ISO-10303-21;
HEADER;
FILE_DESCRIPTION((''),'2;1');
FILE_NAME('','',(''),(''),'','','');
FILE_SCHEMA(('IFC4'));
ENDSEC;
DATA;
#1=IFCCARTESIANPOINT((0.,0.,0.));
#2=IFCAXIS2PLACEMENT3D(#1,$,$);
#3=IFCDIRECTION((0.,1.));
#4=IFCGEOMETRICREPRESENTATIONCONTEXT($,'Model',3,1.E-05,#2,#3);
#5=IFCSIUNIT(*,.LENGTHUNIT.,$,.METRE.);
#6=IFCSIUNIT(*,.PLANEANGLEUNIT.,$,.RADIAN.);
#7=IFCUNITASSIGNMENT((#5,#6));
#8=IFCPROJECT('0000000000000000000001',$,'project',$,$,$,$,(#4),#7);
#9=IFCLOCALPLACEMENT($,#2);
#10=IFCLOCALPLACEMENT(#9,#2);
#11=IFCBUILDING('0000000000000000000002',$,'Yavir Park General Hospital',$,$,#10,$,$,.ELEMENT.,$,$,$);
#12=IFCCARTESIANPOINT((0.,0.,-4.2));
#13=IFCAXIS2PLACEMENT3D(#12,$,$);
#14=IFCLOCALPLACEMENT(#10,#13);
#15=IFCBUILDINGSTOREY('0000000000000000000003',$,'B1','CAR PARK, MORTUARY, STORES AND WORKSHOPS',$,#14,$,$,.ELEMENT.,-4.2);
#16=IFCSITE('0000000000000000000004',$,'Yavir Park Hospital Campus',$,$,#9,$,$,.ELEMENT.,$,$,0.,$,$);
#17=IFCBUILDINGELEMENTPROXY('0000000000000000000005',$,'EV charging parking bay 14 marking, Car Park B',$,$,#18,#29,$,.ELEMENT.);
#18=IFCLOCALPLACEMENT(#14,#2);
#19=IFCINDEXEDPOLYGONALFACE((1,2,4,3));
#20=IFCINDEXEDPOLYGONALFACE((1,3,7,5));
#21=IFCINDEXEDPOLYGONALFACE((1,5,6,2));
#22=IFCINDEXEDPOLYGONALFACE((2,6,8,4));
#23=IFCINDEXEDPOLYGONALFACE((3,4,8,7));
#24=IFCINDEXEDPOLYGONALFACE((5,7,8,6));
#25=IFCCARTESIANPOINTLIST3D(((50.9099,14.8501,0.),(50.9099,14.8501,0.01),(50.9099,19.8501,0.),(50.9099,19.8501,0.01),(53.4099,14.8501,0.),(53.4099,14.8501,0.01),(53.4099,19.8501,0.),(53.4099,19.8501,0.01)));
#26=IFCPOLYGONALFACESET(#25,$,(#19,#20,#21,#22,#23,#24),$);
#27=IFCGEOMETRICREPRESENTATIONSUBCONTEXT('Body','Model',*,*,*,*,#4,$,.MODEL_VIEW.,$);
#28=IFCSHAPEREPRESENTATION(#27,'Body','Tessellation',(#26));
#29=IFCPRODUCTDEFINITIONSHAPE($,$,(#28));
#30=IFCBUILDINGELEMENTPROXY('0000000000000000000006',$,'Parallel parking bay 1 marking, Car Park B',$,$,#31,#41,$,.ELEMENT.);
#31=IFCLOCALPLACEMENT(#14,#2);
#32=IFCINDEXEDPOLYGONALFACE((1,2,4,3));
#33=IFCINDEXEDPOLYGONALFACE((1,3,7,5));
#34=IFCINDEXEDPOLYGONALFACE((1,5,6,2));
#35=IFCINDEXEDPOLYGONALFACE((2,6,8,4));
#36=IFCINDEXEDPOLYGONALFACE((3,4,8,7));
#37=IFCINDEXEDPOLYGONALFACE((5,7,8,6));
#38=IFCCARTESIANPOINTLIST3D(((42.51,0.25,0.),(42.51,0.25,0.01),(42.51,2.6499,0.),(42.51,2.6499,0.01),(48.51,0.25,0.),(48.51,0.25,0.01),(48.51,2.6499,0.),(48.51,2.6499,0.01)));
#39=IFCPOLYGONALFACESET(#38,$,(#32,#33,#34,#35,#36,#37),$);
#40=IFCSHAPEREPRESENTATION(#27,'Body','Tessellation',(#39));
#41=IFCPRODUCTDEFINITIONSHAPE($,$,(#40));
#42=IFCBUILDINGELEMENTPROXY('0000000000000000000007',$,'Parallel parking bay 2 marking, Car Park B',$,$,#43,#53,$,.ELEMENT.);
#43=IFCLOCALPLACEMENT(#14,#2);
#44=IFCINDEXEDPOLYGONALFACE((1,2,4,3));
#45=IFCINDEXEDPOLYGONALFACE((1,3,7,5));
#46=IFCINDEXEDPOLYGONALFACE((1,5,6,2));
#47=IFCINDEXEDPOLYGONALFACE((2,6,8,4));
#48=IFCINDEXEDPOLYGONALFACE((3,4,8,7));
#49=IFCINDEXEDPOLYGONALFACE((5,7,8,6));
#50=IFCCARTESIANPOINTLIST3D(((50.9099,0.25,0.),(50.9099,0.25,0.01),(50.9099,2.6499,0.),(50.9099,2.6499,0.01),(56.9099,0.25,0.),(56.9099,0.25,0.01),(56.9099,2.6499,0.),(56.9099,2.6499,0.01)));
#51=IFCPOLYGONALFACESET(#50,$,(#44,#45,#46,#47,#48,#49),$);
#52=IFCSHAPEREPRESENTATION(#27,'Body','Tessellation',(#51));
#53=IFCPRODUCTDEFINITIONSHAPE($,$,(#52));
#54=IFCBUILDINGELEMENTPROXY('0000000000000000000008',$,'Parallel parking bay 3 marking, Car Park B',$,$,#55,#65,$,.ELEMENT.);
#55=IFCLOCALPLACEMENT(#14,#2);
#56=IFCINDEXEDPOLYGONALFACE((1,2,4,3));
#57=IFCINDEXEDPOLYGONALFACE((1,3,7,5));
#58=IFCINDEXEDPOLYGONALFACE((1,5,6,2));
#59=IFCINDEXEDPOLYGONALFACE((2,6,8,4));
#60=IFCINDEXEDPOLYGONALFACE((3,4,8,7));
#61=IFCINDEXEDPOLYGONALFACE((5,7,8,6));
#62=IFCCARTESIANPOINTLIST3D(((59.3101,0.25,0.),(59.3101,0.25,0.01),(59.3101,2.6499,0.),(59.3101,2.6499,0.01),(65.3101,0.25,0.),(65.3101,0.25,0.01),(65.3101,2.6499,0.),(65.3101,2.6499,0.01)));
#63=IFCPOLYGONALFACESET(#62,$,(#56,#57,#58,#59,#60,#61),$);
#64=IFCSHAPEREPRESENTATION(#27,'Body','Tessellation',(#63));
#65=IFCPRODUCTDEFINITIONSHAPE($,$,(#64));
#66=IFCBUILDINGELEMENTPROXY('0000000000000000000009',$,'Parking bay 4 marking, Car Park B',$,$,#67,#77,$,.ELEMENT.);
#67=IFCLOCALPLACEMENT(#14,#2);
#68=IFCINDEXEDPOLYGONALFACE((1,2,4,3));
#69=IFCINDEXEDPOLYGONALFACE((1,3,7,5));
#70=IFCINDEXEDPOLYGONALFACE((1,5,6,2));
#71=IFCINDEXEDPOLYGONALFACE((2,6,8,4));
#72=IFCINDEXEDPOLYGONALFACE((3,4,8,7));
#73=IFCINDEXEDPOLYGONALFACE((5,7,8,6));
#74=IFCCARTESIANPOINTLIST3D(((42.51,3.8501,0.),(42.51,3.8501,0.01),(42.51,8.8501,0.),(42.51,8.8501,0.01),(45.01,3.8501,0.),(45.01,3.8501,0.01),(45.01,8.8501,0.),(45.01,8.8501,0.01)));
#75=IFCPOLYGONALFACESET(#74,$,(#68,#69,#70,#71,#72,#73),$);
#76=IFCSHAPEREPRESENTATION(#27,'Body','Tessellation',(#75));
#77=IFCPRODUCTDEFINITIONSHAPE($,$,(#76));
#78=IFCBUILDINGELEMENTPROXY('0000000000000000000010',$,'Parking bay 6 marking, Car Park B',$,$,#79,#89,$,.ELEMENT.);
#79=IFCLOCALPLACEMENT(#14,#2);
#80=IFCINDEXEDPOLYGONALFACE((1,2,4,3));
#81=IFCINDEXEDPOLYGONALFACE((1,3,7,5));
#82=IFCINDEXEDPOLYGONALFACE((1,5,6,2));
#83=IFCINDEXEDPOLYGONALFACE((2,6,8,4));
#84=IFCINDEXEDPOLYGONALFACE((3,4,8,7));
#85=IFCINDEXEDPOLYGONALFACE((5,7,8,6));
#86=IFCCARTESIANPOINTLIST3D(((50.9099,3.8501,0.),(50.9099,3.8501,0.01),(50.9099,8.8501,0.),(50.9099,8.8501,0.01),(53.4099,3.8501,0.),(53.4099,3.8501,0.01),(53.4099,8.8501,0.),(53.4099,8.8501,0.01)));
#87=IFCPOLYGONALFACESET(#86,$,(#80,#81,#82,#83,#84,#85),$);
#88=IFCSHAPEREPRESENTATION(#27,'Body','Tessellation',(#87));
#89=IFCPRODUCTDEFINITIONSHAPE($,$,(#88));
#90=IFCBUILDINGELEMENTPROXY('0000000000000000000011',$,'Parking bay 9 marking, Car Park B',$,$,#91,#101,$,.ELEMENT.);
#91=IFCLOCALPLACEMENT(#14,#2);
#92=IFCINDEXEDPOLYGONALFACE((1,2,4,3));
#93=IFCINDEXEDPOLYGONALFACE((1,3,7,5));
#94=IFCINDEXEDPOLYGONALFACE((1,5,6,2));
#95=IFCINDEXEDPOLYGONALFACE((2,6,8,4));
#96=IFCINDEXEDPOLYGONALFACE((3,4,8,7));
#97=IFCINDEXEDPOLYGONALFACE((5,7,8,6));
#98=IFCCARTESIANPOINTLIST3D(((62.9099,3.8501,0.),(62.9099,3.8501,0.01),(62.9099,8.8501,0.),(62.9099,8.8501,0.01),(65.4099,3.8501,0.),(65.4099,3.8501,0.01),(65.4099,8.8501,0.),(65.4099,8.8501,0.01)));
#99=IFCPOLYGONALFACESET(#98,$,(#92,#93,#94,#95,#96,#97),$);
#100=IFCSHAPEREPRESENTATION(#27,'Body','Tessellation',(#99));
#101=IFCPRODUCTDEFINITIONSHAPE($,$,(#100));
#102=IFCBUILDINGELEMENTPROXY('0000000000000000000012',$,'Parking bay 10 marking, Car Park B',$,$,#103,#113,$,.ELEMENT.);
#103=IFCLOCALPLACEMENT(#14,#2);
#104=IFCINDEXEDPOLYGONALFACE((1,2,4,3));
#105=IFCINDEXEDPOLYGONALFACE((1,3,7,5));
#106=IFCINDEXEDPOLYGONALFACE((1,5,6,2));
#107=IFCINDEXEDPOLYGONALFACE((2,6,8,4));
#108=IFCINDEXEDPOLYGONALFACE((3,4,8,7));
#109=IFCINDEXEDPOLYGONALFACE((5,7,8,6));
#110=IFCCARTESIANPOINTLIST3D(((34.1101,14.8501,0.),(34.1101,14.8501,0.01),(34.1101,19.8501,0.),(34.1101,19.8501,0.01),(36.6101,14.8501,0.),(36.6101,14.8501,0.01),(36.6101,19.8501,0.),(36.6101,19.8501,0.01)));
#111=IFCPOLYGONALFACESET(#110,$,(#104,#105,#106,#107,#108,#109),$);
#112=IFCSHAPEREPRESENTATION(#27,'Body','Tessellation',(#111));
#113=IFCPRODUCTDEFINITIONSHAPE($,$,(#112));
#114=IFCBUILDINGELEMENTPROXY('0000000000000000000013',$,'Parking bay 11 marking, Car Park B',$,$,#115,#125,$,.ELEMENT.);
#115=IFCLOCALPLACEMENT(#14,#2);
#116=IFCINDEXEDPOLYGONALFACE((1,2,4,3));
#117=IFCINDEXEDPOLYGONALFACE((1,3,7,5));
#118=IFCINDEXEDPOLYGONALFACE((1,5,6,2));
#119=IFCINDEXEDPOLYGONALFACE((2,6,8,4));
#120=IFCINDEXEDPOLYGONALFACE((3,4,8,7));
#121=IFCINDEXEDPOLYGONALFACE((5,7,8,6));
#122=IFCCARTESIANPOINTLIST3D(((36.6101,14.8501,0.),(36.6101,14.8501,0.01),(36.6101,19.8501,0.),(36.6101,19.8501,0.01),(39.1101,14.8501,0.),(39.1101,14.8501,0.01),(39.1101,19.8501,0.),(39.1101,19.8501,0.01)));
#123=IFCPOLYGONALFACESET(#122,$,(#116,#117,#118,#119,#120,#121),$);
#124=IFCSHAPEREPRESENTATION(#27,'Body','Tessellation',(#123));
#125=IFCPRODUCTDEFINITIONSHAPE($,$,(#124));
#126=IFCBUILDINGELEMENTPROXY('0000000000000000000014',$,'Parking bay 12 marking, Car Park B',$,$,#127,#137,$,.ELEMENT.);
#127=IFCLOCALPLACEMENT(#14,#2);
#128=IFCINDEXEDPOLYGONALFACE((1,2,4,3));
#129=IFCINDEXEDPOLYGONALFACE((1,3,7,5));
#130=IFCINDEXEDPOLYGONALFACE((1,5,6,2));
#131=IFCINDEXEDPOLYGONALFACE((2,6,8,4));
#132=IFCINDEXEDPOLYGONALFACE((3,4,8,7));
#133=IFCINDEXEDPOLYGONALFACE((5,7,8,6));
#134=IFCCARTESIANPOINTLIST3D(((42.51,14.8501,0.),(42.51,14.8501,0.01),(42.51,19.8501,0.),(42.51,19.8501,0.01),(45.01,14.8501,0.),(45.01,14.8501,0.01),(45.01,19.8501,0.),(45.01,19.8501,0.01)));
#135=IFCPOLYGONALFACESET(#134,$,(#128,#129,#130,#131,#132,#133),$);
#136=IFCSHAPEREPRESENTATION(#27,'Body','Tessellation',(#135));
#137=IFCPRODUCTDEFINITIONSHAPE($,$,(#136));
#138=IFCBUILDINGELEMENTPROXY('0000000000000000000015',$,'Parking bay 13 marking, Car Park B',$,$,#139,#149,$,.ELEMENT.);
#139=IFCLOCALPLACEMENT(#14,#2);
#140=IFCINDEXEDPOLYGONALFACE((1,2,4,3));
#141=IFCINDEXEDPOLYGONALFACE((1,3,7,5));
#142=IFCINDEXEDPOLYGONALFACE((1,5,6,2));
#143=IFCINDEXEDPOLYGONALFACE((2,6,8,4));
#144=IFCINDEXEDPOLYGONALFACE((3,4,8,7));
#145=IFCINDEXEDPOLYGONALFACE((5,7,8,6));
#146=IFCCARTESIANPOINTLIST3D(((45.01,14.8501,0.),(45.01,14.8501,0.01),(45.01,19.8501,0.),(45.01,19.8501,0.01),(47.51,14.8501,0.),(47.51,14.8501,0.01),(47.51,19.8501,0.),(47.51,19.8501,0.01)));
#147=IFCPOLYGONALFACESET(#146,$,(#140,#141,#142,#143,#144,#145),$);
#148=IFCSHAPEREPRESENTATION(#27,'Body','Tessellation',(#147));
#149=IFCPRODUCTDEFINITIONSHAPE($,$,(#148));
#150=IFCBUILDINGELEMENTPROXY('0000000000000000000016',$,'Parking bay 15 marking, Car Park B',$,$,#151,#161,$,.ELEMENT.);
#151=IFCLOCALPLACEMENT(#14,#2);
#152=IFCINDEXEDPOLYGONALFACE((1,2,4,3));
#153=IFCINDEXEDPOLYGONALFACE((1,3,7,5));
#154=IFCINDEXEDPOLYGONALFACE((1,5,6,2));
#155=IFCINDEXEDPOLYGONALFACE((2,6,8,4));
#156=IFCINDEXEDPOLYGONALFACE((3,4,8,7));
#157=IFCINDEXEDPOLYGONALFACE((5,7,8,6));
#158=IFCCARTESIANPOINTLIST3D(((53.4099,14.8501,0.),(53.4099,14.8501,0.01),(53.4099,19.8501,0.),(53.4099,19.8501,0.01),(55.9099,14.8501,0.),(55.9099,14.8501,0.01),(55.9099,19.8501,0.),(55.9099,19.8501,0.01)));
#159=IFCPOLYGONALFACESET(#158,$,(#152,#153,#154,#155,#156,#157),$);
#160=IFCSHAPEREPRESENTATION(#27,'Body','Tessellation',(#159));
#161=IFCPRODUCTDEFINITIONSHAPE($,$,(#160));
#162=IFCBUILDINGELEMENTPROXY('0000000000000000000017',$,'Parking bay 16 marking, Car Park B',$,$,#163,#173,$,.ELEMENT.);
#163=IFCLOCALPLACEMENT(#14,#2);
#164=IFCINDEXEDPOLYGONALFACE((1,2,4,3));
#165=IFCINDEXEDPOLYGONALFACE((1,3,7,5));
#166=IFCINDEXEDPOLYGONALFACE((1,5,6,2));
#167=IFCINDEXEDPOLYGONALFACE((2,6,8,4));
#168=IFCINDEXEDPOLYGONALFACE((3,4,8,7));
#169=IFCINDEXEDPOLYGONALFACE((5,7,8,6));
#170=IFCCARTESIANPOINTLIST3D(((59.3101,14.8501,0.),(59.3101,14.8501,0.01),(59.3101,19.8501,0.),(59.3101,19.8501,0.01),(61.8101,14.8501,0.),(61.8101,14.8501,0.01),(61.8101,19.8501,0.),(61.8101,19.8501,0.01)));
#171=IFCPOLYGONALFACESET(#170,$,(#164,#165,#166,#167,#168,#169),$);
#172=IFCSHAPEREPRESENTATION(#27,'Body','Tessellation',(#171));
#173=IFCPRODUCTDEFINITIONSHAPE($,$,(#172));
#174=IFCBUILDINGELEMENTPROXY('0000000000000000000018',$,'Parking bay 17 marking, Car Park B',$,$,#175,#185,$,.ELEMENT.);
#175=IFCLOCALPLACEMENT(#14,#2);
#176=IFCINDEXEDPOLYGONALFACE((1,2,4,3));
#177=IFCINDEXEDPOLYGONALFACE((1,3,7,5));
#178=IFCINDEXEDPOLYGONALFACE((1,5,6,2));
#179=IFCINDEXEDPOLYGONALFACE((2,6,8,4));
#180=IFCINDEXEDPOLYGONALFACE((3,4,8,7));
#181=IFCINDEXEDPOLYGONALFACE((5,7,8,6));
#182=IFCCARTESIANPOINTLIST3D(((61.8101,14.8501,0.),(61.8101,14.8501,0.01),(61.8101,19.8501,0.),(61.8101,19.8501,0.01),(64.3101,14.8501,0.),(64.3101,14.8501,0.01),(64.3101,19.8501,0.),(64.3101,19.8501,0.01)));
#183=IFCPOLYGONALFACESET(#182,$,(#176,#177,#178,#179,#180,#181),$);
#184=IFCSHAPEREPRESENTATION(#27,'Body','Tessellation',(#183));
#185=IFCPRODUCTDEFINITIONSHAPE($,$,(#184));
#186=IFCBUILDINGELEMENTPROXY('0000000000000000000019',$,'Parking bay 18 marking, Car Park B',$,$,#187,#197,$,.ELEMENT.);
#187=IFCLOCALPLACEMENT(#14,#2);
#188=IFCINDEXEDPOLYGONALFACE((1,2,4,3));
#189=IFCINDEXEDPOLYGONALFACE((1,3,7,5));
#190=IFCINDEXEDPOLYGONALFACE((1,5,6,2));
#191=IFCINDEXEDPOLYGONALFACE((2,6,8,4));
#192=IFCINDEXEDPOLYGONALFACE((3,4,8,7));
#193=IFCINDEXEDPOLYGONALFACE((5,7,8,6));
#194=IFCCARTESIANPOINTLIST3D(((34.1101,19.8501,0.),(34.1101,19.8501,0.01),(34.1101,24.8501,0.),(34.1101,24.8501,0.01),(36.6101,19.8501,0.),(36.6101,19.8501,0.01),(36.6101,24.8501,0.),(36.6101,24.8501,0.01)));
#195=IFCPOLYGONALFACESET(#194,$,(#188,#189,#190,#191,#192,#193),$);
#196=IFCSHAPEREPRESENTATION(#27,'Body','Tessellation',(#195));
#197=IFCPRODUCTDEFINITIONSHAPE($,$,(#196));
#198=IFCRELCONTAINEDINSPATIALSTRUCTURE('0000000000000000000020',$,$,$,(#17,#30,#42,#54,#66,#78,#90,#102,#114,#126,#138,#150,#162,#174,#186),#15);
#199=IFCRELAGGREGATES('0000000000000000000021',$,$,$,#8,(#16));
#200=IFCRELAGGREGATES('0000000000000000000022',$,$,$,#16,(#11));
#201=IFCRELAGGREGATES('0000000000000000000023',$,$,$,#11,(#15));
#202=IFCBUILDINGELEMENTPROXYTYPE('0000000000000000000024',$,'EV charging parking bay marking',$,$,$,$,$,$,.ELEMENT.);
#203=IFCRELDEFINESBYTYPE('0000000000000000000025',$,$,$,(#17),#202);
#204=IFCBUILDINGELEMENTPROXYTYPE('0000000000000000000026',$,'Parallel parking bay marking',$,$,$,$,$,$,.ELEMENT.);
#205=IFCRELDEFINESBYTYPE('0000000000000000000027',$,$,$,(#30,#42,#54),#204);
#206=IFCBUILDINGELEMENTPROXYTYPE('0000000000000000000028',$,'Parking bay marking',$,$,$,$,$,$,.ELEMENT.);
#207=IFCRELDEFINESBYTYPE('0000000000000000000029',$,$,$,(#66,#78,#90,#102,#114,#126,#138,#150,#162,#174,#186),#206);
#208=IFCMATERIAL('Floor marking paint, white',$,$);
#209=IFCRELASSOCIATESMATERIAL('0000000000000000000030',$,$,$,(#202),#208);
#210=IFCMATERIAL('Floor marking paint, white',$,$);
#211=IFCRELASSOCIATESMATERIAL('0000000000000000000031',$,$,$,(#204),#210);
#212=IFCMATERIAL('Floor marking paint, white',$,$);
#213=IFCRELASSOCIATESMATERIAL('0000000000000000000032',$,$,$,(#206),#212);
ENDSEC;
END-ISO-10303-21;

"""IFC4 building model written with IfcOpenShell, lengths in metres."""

from ifc_helpers import new_model, si_unit, direction, frame, origin, place, context, subcontext, project, spatial, polyline, outline, extrude, material, type_object, element, save


model = new_model("IFC4")

# Units and contexts
model_context = context("Model", 3, precision=1e-05, world=origin(), true_north=direction((0.0, 1.0)))
body_context = subcontext(model_context, "Body", "Model", "MODEL_VIEW")
ifc_project = project(units=[si_unit("LENGTHUNIT", "METRE"), si_unit("PLANEANGLEUNIT", "RADIAN")], contexts=[model_context])

# Site, building, storey
site_placement = place(None, origin())
site = spatial("IfcSite", under=ifc_project, at=site_placement, Name="Yavir Park Hospital Campus", CompositionType="ELEMENT", RefElevation=0.0)
building_placement = place(site_placement, origin())
building = spatial("IfcBuilding", under=site, at=building_placement, Name="Yavir Park General Hospital", CompositionType="ELEMENT")
storey_placement = place(building_placement, frame((0.0, 0.0, -4.2)))
storey = spatial("IfcBuildingStorey", under=building, at=storey_placement, Name="B1", Description="CAR PARK, MORTUARY, STORES AND WORKSHOPS", CompositionType="ELEMENT", Elevation=-4.2)

# Building element proxies
ifc_material_1 = material(Name="Floor marking paint, white")
building_element_proxy_type_1 = type_object("IfcBuildingElementProxyType", Name="EV charging parking bay marking", PredefinedType="ELEMENT", material=ifc_material_1)
proxy_1_placement = place(storey_placement, origin())
element("IfcBuildingElementProxy", 1, at=proxy_1_placement, inside=storey, type_object=building_element_proxy_type_1, Name="EV charging parking bay 14 marking, Car Park B", PredefinedType="ELEMENT", context=body_context, shape_type="SweptSolid", body=[
    extrude(outline(polyline([(50.9099, 14.8501), (53.4099, 14.8501), (53.4099, 19.8501), (50.9099, 19.8501), (50.9099, 14.8501)])), origin(), (0.0, 0.0, 1.0), 0.01),
])
ifc_material_2 = material(Name="Floor marking paint, white")
building_element_proxy_type_2 = type_object("IfcBuildingElementProxyType", Name="Parallel parking bay marking", PredefinedType="ELEMENT", material=ifc_material_2)
proxy_2_placement = place(storey_placement, origin())
element("IfcBuildingElementProxy", 2, at=proxy_2_placement, inside=storey, type_object=building_element_proxy_type_2, Name="Parallel parking bay 1 marking, Car Park B", PredefinedType="ELEMENT", context=body_context, shape_type="SweptSolid", body=[
    extrude(outline(polyline([(42.51, 2.6499), (42.51, 0.25), (48.51, 0.25), (48.51, 2.6499), (42.51, 2.6499)])), origin(), (0.0, 0.0, 1.0), 0.01),
])
proxy_3_placement = place(storey_placement, origin())
element("IfcBuildingElementProxy", 3, at=proxy_3_placement, inside=storey, type_object=building_element_proxy_type_2, Name="Parallel parking bay 2 marking, Car Park B", PredefinedType="ELEMENT", context=body_context, shape_type="SweptSolid", body=[
    extrude(outline(polyline([(50.9099, 2.6499), (50.9099, 0.25), (56.9099, 0.25), (56.9099, 2.6499), (50.9099, 2.6499)])), origin(), (0.0, 0.0, 1.0), 0.01),
])
proxy_4_placement = place(storey_placement, origin())
element("IfcBuildingElementProxy", 4, at=proxy_4_placement, inside=storey, type_object=building_element_proxy_type_2, Name="Parallel parking bay 3 marking, Car Park B", PredefinedType="ELEMENT", context=body_context, shape_type="SweptSolid", body=[
    extrude(outline(polyline([(59.3101, 2.6499), (59.3101, 0.25), (65.3101, 0.25), (65.3101, 2.6499), (59.3101, 2.6499)])), origin(), (0.0, 0.0, 1.0), 0.01),
])
ifc_material_3 = material(Name="Floor marking paint, white")
building_element_proxy_type_3 = type_object("IfcBuildingElementProxyType", Name="Parking bay marking", PredefinedType="ELEMENT", material=ifc_material_3)
proxy_5_placement = place(storey_placement, origin())
element("IfcBuildingElementProxy", 5, at=proxy_5_placement, inside=storey, type_object=building_element_proxy_type_3, Name="Parking bay 4 marking, Car Park B", PredefinedType="ELEMENT", context=body_context, shape_type="SweptSolid", body=[
    extrude(outline(polyline([(42.51, 3.8501), (45.01, 3.8501), (45.01, 8.8501), (42.51, 8.8501), (42.51, 3.8501)])), origin(), (0.0, 0.0, 1.0), 0.01),
])
proxy_6_placement = place(storey_placement, origin())
element("IfcBuildingElementProxy", 6, at=proxy_6_placement, inside=storey, type_object=building_element_proxy_type_3, Name="Parking bay 6 marking, Car Park B", PredefinedType="ELEMENT", context=body_context, shape_type="SweptSolid", body=[
    extrude(outline(polyline([(50.9099, 3.8501), (53.4099, 3.8501), (53.4099, 8.8501), (50.9099, 8.8501), (50.9099, 3.8501)])), origin(), (0.0, 0.0, 1.0), 0.01),
])
proxy_7_placement = place(storey_placement, origin())
element("IfcBuildingElementProxy", 7, at=proxy_7_placement, inside=storey, type_object=building_element_proxy_type_3, Name="Parking bay 9 marking, Car Park B", PredefinedType="ELEMENT", context=body_context, shape_type="SweptSolid", body=[
    extrude(outline(polyline([(62.9099, 3.8501), (65.4099, 3.8501), (65.4099, 8.8501), (62.9099, 8.8501), (62.9099, 3.8501)])), origin(), (0.0, 0.0, 1.0), 0.01),
])
proxy_8_placement = place(storey_placement, origin())
element("IfcBuildingElementProxy", 8, at=proxy_8_placement, inside=storey, type_object=building_element_proxy_type_3, Name="Parking bay 10 marking, Car Park B", PredefinedType="ELEMENT", context=body_context, shape_type="SweptSolid", body=[
    extrude(outline(polyline([(34.1101, 14.8501), (36.6101, 14.8501), (36.6101, 19.8501), (34.1101, 19.8501), (34.1101, 14.8501)])), origin(), (0.0, 0.0, 1.0), 0.01),
])
proxy_9_placement = place(storey_placement, origin())
element("IfcBuildingElementProxy", 9, at=proxy_9_placement, inside=storey, type_object=building_element_proxy_type_3, Name="Parking bay 11 marking, Car Park B", PredefinedType="ELEMENT", context=body_context, shape_type="SweptSolid", body=[
    extrude(outline(polyline([(36.6101, 14.8501), (39.1101, 14.8501), (39.1101, 19.8501), (36.6101, 19.8501), (36.6101, 14.8501)])), origin(), (0.0, 0.0, 1.0), 0.01),
])
proxy_10_placement = place(storey_placement, origin())
element("IfcBuildingElementProxy", 10, at=proxy_10_placement, inside=storey, type_object=building_element_proxy_type_3, Name="Parking bay 12 marking, Car Park B", PredefinedType="ELEMENT", context=body_context, shape_type="SweptSolid", body=[
    extrude(outline(polyline([(42.51, 14.8501), (45.01, 14.8501), (45.01, 19.8501), (42.51, 19.8501), (42.51, 14.8501)])), origin(), (0.0, 0.0, 1.0), 0.01),
])
proxy_11_placement = place(storey_placement, origin())
element("IfcBuildingElementProxy", 11, at=proxy_11_placement, inside=storey, type_object=building_element_proxy_type_3, Name="Parking bay 13 marking, Car Park B", PredefinedType="ELEMENT", context=body_context, shape_type="SweptSolid", body=[
    extrude(outline(polyline([(45.01, 14.8501), (47.51, 14.8501), (47.51, 19.8501), (45.01, 19.8501), (45.01, 14.8501)])), origin(), (0.0, 0.0, 1.0), 0.01),
])
proxy_12_placement = place(storey_placement, origin())
element("IfcBuildingElementProxy", 12, at=proxy_12_placement, inside=storey, type_object=building_element_proxy_type_3, Name="Parking bay 15 marking, Car Park B", PredefinedType="ELEMENT", context=body_context, shape_type="SweptSolid", body=[
    extrude(outline(polyline([(53.4099, 14.8501), (55.9099, 14.8501), (55.9099, 19.8501), (53.4099, 19.8501), (53.4099, 14.8501)])), origin(), (0.0, 0.0, 1.0), 0.01),
])
proxy_13_placement = place(storey_placement, origin())
element("IfcBuildingElementProxy", 13, at=proxy_13_placement, inside=storey, type_object=building_element_proxy_type_3, Name="Parking bay 16 marking, Car Park B", PredefinedType="ELEMENT", context=body_context, shape_type="SweptSolid", body=[
    extrude(outline(polyline([(59.3101, 14.8501), (61.8101, 14.8501), (61.8101, 19.8501), (59.3101, 19.8501), (59.3101, 14.8501)])), origin(), (0.0, 0.0, 1.0), 0.01),
])
proxy_14_placement = place(storey_placement, origin())
element("IfcBuildingElementProxy", 14, at=proxy_14_placement, inside=storey, type_object=building_element_proxy_type_3, Name="Parking bay 17 marking, Car Park B", PredefinedType="ELEMENT", context=body_context, shape_type="SweptSolid", body=[
    extrude(outline(polyline([(61.8101, 14.8501), (64.3101, 14.8501), (64.3101, 19.8501), (61.8101, 19.8501), (61.8101, 14.8501)])), origin(), (0.0, 0.0, 1.0), 0.01),
])
proxy_15_placement = place(storey_placement, origin())
element("IfcBuildingElementProxy", 15, at=proxy_15_placement, inside=storey, type_object=building_element_proxy_type_3, Name="Parking bay 18 marking, Car Park B", PredefinedType="ELEMENT", context=body_context, shape_type="SweptSolid", body=[
    extrude(outline(polyline([(34.1101, 19.8501), (36.6101, 19.8501), (36.6101, 24.8501), (34.1101, 24.8501), (34.1101, 19.8501)])), origin(), (0.0, 0.0, 1.0), 0.01),
])

save(model, "model.ifc")
